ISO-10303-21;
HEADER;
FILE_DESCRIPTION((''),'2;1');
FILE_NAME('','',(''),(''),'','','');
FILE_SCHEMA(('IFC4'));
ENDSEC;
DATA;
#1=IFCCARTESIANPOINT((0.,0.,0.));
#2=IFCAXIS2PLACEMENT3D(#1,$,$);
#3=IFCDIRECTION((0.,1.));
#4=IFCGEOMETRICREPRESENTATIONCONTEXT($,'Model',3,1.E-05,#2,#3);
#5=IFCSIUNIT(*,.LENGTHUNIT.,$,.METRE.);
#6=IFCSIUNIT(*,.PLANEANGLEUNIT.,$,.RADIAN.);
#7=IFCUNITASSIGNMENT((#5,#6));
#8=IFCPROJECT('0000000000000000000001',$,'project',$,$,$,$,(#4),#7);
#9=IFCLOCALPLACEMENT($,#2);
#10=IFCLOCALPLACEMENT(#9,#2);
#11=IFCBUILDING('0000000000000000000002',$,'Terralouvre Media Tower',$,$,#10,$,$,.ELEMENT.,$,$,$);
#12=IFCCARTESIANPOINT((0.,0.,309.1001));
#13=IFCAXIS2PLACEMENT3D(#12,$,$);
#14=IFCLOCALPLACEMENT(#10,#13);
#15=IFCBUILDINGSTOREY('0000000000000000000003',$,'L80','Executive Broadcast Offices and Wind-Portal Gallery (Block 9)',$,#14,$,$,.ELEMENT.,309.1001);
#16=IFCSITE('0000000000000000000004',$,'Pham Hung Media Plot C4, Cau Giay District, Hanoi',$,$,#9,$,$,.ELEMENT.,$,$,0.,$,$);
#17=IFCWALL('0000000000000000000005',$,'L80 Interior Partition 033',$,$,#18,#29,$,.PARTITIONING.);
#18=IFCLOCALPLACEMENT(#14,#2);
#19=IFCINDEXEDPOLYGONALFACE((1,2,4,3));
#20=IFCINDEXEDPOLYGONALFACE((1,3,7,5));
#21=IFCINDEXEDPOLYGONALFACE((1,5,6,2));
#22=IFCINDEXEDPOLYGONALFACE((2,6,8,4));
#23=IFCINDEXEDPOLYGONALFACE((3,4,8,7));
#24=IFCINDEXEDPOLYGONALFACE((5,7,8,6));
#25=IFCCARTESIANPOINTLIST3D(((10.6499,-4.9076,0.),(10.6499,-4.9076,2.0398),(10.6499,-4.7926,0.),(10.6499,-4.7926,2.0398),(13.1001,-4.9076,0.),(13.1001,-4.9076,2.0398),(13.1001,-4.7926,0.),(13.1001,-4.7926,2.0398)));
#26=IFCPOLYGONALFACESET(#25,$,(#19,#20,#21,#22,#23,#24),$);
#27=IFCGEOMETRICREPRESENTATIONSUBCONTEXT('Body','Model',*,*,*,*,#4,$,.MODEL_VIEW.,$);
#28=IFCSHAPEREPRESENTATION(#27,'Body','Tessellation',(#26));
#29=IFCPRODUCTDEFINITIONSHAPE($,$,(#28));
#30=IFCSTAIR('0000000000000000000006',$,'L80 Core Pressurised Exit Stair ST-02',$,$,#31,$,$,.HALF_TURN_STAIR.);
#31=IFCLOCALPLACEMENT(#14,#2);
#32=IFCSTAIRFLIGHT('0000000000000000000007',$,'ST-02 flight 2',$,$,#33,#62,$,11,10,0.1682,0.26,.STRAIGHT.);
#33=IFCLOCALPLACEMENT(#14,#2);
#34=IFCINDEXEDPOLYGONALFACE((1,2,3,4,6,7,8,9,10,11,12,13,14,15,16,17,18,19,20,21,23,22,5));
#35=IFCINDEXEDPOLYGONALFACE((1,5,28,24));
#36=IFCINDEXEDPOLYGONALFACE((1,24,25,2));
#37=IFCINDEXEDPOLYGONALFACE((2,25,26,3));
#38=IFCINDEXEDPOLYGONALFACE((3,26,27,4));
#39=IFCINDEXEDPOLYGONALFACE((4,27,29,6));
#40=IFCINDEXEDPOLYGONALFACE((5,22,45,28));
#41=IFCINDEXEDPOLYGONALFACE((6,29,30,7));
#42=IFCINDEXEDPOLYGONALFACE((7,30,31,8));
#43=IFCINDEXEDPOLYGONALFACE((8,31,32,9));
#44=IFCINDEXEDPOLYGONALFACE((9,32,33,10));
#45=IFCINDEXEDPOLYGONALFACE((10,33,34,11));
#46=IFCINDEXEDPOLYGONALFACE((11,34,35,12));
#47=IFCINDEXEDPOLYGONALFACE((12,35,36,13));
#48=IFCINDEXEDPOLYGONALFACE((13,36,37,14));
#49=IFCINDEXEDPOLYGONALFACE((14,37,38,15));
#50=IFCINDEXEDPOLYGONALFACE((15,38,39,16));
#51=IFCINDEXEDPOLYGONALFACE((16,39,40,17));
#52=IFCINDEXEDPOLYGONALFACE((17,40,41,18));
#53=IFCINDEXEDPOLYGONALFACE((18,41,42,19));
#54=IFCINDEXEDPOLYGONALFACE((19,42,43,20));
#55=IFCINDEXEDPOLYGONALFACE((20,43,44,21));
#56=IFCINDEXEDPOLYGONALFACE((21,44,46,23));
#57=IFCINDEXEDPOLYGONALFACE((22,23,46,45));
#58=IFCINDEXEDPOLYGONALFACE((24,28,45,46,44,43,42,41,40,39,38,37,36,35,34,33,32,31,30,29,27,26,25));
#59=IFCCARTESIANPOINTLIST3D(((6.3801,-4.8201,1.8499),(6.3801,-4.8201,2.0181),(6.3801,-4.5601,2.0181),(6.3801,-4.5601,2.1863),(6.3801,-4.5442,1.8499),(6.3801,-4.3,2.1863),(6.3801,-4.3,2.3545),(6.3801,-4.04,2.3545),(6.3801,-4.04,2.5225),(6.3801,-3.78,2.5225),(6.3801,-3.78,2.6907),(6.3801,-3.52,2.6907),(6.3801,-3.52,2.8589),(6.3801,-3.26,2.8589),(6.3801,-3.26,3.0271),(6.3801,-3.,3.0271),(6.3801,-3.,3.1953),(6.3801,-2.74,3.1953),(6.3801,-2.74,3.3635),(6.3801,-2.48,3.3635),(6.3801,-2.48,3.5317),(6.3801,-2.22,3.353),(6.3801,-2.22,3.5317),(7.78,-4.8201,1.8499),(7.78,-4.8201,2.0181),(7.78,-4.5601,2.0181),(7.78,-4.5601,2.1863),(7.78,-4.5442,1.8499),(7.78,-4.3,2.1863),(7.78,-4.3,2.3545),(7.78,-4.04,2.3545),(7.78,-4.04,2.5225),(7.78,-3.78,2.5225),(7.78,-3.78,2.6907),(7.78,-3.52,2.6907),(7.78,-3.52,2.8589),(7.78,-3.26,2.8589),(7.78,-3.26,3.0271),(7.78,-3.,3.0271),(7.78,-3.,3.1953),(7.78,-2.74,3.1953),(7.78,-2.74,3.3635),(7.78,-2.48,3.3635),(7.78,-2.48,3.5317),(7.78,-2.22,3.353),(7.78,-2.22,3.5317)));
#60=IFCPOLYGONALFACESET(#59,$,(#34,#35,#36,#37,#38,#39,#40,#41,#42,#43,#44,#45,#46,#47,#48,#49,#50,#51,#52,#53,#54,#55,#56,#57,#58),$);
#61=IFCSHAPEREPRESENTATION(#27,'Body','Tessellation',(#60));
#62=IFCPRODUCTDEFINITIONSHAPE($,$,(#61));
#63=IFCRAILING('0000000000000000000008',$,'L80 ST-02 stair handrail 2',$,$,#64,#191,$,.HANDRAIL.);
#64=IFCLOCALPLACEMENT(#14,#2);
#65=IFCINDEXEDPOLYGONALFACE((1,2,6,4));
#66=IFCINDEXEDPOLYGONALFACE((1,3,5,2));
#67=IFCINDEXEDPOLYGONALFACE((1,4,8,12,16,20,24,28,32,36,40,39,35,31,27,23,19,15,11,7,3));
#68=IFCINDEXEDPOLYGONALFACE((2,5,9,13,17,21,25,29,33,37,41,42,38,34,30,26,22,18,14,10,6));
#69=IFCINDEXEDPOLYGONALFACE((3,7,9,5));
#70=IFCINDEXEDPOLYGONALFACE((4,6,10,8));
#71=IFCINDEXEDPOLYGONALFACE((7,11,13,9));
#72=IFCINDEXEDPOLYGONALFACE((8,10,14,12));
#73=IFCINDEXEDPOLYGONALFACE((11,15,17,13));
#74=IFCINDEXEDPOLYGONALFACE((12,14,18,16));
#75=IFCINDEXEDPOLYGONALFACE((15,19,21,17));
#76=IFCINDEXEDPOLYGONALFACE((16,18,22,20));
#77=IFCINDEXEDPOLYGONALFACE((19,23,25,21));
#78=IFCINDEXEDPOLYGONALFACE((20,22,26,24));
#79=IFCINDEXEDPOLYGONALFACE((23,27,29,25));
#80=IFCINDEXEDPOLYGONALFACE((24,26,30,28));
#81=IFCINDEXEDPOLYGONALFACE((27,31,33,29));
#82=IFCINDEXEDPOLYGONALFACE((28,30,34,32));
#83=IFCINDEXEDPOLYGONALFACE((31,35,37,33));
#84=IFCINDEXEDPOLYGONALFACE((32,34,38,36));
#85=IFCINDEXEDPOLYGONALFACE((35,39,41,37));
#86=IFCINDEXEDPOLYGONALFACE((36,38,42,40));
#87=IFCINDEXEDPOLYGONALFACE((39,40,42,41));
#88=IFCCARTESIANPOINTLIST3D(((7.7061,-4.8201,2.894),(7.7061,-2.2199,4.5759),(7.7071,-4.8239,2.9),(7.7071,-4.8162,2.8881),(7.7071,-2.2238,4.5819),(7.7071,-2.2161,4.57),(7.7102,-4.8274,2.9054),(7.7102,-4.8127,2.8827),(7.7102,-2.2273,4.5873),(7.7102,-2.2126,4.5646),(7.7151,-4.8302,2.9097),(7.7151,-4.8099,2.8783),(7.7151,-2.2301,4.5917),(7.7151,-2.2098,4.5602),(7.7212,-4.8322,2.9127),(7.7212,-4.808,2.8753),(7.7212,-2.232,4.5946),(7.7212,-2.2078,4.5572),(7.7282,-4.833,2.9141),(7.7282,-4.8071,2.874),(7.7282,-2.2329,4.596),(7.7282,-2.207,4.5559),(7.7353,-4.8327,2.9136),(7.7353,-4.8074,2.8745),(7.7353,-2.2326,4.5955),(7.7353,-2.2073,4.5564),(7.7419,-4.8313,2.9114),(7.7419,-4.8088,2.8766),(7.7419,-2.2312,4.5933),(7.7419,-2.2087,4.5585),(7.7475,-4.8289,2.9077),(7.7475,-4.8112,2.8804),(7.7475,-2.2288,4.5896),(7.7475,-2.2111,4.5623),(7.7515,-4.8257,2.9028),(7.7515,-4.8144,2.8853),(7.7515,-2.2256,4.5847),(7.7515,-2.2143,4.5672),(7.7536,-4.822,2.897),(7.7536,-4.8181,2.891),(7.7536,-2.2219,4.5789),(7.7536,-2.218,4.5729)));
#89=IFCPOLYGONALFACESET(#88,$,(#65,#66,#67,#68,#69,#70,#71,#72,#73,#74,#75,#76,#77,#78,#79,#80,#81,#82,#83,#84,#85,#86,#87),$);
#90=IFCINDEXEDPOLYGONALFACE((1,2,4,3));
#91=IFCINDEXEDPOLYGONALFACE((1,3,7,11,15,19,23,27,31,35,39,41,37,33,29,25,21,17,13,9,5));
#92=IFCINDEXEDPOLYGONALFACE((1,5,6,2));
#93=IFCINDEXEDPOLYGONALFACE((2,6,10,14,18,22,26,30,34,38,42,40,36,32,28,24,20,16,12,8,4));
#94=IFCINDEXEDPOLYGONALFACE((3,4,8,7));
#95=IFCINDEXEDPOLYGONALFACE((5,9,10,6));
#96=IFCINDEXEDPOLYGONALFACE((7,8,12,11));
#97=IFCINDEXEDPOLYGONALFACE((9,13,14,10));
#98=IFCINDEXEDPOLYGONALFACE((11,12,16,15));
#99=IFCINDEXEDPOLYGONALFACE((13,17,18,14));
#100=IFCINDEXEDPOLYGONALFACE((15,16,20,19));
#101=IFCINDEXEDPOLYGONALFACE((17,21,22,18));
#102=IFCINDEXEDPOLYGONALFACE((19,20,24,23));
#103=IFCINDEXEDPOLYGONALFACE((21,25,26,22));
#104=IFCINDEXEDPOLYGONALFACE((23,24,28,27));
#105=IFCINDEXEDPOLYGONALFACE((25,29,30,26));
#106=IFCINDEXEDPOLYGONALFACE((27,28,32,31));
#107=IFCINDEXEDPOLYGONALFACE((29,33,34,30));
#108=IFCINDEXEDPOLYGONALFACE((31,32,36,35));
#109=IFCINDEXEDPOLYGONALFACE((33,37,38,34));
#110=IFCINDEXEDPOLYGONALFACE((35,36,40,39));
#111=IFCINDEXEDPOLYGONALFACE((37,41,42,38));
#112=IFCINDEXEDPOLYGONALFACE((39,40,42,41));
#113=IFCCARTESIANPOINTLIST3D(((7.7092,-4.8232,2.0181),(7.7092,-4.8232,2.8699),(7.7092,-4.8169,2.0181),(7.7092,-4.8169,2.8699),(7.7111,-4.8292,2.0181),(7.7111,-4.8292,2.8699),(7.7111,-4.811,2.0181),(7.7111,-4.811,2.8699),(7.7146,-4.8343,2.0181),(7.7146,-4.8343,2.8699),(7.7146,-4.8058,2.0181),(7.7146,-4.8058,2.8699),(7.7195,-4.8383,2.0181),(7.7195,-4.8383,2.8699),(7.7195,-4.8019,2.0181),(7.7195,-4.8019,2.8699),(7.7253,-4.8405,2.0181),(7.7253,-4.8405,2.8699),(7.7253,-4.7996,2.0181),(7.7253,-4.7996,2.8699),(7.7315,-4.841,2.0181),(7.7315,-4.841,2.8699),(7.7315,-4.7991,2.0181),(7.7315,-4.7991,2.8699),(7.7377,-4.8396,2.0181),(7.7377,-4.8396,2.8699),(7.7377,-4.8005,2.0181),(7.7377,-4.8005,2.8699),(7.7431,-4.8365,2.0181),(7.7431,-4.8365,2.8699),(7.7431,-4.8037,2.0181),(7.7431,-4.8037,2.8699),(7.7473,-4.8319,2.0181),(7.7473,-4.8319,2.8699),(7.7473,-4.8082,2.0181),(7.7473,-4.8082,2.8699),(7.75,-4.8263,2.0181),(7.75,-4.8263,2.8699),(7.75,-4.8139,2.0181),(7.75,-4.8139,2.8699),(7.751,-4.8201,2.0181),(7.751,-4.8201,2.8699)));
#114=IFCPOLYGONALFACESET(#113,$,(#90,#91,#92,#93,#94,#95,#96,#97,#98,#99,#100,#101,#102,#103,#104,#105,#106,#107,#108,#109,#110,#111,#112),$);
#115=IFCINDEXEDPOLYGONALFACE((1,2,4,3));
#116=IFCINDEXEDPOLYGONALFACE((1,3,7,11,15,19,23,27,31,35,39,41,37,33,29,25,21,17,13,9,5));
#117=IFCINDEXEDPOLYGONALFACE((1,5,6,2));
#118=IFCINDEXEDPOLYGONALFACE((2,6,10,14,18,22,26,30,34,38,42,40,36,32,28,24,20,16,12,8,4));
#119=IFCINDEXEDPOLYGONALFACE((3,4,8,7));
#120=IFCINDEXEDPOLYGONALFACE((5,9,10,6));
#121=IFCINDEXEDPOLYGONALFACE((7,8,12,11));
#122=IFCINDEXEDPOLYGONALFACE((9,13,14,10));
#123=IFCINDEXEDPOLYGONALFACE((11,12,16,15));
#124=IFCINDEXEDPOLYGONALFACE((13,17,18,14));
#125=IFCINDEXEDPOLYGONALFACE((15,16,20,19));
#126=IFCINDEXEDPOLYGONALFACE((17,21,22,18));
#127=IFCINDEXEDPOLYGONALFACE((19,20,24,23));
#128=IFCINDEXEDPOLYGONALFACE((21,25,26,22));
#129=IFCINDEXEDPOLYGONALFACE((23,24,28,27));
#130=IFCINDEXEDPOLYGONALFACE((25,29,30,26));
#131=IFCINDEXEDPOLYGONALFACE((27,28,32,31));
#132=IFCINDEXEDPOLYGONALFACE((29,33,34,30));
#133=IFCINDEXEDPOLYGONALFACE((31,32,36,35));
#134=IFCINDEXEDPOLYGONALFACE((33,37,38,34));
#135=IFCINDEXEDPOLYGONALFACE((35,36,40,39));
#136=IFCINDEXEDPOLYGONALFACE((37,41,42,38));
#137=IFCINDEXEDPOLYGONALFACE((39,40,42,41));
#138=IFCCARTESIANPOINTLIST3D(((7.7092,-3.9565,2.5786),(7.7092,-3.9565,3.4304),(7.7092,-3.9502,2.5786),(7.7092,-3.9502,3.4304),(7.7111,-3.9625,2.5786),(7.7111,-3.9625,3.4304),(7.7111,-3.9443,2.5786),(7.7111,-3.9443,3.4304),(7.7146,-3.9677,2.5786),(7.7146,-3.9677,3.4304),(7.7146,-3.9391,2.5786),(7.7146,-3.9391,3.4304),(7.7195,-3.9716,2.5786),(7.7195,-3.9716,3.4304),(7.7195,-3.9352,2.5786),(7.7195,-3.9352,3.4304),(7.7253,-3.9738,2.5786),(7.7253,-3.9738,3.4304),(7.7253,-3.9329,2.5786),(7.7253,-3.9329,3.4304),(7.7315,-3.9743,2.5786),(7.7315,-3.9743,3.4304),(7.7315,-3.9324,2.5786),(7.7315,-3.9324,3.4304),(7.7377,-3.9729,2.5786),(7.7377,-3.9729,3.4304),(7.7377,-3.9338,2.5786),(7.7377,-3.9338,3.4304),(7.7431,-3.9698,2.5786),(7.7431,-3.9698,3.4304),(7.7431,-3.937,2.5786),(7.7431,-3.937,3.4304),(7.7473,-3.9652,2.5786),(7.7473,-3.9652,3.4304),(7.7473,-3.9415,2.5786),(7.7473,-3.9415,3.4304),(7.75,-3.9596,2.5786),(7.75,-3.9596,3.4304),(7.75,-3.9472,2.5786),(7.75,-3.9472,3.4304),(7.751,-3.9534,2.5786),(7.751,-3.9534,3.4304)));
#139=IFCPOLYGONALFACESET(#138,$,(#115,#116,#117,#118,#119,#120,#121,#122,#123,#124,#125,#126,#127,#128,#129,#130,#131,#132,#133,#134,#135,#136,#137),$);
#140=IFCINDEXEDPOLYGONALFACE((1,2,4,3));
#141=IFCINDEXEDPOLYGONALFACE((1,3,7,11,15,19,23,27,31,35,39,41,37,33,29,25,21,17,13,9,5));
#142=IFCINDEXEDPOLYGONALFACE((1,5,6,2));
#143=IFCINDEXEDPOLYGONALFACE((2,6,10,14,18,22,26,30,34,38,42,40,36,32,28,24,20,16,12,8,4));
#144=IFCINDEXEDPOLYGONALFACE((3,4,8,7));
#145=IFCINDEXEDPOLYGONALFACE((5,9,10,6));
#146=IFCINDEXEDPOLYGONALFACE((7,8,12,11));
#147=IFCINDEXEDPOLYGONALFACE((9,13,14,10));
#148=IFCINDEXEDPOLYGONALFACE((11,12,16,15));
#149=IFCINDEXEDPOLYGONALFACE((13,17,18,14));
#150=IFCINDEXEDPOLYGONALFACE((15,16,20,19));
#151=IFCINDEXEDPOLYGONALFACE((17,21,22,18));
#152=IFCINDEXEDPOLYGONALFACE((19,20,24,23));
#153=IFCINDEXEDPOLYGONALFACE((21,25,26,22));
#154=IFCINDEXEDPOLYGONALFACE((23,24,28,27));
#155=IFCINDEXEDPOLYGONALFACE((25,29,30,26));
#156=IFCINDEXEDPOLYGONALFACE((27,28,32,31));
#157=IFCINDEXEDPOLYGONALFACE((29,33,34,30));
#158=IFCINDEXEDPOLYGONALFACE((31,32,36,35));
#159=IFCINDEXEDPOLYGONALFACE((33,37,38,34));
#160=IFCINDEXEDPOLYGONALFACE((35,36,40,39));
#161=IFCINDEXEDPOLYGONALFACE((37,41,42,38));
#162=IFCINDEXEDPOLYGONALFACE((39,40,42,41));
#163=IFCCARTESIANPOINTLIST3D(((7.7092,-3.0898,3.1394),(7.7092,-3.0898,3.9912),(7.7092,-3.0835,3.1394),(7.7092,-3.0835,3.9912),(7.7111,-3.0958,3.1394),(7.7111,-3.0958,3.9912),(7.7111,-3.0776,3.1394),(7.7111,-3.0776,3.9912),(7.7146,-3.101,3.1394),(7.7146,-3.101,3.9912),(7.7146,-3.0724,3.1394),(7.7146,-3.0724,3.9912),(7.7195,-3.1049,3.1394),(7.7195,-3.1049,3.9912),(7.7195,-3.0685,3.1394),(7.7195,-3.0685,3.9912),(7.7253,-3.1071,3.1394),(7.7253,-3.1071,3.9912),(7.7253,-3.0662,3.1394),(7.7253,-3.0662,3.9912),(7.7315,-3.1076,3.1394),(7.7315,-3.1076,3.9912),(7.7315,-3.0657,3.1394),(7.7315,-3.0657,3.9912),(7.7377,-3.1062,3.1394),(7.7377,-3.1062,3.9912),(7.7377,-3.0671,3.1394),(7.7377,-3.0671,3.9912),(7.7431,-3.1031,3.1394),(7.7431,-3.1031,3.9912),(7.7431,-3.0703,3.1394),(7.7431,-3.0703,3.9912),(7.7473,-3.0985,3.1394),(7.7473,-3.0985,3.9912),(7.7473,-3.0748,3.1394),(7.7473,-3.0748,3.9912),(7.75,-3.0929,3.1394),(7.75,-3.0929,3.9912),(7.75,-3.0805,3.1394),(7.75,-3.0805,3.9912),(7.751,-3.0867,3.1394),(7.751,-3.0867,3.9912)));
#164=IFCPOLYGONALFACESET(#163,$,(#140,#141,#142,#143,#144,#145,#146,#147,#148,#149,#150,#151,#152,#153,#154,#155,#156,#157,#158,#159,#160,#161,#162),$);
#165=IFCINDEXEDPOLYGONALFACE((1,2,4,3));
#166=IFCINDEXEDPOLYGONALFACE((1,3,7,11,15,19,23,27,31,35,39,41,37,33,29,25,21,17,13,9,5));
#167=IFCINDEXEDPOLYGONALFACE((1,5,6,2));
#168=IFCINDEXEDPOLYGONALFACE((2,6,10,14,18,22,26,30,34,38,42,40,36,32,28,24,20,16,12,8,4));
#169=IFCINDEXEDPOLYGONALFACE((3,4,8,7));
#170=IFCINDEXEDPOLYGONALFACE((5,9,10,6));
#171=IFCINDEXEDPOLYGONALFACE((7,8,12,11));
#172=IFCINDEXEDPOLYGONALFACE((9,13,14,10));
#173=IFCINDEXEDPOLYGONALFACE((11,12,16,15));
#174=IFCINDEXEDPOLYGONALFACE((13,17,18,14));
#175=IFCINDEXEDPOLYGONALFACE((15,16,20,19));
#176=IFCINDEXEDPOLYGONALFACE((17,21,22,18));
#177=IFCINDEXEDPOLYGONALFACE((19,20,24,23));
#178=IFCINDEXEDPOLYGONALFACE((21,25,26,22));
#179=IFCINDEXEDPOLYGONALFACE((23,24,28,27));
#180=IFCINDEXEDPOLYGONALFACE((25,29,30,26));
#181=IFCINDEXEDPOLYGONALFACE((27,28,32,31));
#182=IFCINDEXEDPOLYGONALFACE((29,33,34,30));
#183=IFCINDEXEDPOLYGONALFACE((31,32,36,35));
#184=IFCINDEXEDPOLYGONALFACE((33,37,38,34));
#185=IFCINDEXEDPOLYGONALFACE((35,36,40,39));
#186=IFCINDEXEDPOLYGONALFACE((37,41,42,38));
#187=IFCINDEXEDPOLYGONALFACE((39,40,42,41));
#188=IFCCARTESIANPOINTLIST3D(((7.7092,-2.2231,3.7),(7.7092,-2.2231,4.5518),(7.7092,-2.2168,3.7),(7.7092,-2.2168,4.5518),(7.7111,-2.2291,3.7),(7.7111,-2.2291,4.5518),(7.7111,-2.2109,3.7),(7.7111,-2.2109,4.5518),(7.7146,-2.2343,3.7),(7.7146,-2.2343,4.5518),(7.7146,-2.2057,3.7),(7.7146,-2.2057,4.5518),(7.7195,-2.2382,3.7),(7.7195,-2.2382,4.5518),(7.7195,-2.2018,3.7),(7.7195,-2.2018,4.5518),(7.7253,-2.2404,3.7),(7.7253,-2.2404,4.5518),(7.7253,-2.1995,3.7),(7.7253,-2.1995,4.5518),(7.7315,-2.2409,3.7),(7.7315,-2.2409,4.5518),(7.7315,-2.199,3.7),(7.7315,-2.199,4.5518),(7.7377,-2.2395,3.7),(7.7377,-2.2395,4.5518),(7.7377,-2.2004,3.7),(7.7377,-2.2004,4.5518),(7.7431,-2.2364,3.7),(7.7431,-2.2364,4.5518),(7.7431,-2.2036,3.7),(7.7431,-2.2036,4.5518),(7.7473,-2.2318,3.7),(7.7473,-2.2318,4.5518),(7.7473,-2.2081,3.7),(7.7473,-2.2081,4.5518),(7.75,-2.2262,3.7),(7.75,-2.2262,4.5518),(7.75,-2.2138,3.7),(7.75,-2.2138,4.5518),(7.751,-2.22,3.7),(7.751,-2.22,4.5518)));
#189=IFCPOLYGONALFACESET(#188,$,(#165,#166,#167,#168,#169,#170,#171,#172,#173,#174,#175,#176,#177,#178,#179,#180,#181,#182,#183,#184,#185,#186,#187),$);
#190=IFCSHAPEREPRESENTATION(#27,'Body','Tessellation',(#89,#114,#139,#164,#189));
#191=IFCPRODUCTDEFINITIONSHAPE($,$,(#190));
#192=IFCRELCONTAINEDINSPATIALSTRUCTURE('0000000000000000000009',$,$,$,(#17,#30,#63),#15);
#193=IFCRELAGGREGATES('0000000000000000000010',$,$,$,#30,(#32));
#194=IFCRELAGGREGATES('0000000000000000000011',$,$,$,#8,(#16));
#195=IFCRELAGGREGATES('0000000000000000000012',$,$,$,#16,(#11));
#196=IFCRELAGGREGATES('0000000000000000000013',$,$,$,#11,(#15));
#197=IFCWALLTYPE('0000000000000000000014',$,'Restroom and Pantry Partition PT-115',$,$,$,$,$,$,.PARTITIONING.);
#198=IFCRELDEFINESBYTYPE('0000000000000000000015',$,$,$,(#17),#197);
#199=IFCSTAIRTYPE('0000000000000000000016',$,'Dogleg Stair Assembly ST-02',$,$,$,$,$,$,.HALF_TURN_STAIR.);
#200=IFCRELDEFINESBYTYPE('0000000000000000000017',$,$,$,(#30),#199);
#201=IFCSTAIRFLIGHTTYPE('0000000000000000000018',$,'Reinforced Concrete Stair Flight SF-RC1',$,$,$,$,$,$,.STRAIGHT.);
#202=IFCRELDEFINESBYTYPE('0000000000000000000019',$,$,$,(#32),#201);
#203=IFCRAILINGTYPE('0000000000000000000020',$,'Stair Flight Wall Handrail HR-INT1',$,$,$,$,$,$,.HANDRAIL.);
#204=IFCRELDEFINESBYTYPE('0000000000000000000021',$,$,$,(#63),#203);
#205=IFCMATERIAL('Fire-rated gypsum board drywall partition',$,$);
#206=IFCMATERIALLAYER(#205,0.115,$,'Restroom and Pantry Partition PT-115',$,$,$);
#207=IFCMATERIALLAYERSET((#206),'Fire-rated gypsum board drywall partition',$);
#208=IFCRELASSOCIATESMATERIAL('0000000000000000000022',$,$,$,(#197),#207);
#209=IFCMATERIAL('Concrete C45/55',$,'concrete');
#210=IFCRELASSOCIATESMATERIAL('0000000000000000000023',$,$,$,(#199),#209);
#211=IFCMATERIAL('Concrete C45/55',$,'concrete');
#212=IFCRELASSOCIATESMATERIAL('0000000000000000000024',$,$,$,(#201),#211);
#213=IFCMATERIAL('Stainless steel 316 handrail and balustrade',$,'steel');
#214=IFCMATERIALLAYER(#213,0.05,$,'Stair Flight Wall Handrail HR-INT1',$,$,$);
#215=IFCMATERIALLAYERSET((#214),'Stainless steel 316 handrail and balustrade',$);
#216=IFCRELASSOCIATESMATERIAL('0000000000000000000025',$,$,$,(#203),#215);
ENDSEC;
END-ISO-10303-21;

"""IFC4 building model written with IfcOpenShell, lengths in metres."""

from ifc_helpers import new_model, si_unit, direction, frame, frame_2d, origin, origin_2d, place, context, subcontext, project, spatial, polyline, rectangle, circle, outline, extrude, material, layer, layer_set, type_object, element, aggregate, save


model = new_model("IFC4")

# Units and contexts
model_context = context("Model", 3, precision=1e-05, world=origin(), true_north=direction((0.0, 1.0)))
body_context = subcontext(model_context, "Body", "Model", "MODEL_VIEW")
ifc_project = project(units=[si_unit("LENGTHUNIT", "METRE"), si_unit("PLANEANGLEUNIT", "RADIAN")], contexts=[model_context])

# Site, building, storey
site_placement = place(None, origin())
site = spatial("IfcSite", under=ifc_project, at=site_placement, Name="Pham Hung Media Plot C4, Cau Giay District, Hanoi", CompositionType="ELEMENT", RefElevation=0.0)
building_placement = place(site_placement, origin())
building = spatial("IfcBuilding", under=site, at=building_placement, Name="Terralouvre Media Tower", CompositionType="ELEMENT")
storey_placement = place(building_placement, frame((0.0, 0.0, 309.1001)))
storey = spatial("IfcBuildingStorey", under=building, at=storey_placement, Name="L80", Description="Executive Broadcast Offices and Wind-Portal Gallery (Block 9)", CompositionType="ELEMENT", Elevation=309.1001)

# Shared definitions
ifc_material_1 = material(Name="Fire-rated gypsum board drywall partition")
ifc_layer_1 = layer(ifc_material_1, 0.115, Name="Restroom and Pantry Partition PT-115")
ifc_layer_set_1 = layer_set([ifc_layer_1], Name="Fire-rated gypsum board drywall partition")
wall_type_1 = type_object("IfcWallType", Name="Restroom and Pantry Partition PT-115", PredefinedType="PARTITIONING", material=ifc_layer_set_1)

# Wall
wall_1_placement = place(storey_placement, frame((10.6499, -4.8501, 0.0), z_axis=(0.0, 0.0, 1.0), x_axis=(1.0, 0.0, 0.0)))
element("IfcWall", 1, at=wall_1_placement, inside=storey, type_object=wall_type_1, Name="L80 Interior Partition 033", PredefinedType="PARTITIONING", context=body_context, shape_type="SweptSolid", body=[
    extrude(rectangle(XDim=2.4502, YDim=0.115, at=frame_2d((1.2251, 0.0))), origin(), (0.0, 0.0, 1.0), 2.0398),
])

# Stair, stair flight
ifc_material_2 = material(Name="Concrete C45/55", Category="concrete")
stair_type = type_object("IfcStairType", Name="Dogleg Stair Assembly ST-02", PredefinedType="HALF_TURN_STAIR", material=ifc_material_2)
stair_placement = place(storey_placement, origin())
stair = element("IfcStair", 2, at=stair_placement, inside=storey, type_object=stair_type, Name="L80 Core Pressurised Exit Stair ST-02", PredefinedType="HALF_TURN_STAIR")
ifc_material_3 = material(Name="Concrete C45/55", Category="concrete")
stair_flight_type = type_object("IfcStairFlightType", Name="Reinforced Concrete Stair Flight SF-RC1", PredefinedType="STRAIGHT", material=ifc_material_3)
stair_flight_placement = place(storey_placement, frame((7.0801, -4.8201, 1.8499), z_axis=(0.0, 0.0, 1.0), x_axis=(0.0, 1.0, 0.0)))
stair_flight = element("IfcStairFlight", 3, at=stair_flight_placement, type_object=stair_flight_type, Name="ST-02 flight 2", NumberOfRisers=11, NumberOfTreads=10, PredefinedType="STRAIGHT", RiserHeight=0.1682, TreadLength=0.26, context=body_context, shape_type="SweptSolid", body=[
    extrude(outline(polyline([(0.0, 0.0), (0.0, 0.1682), (0.26, 0.1682), (0.26, 0.3364), (0.52, 0.3364), (0.52, 0.5046), (0.78, 0.5046), (0.78, 0.6726), (1.04, 0.6726), (1.04, 0.8408), (1.3, 0.8408), (1.3, 1.009), (1.5601, 1.009), (1.5601, 1.1772), (1.8201, 1.1772), (1.8201, 1.3455), (2.0801, 1.3455), (2.0801, 1.5137), (2.3401, 1.5137), (2.3401, 1.6819), (2.6001, 1.6819), (2.6001, 1.8501), (2.6001, 1.5032), (0.2759, 0.0), (0.0, 0.0)])), frame((0.0, 0.7, 0.0), z_axis=(0.0, -1.0, 0.0), x_axis=(1.0, 0.0, 0.0)), (0.0, 0.0, 1.0), 1.3999),
])
aggregate(stair, [stair_flight])

# Railing
ifc_material_4 = material(Name="Stainless steel 316 handrail and balustrade", Category="steel")
ifc_layer_2 = layer(ifc_material_4, 0.05, Name="Stair Flight Wall Handrail HR-INT1")
ifc_layer_set_2 = layer_set([ifc_layer_2], Name="Stainless steel 316 handrail and balustrade")
railing_type_1 = type_object("IfcRailingType", Name="Stair Flight Wall Handrail HR-INT1", PredefinedType="HANDRAIL", material=ifc_layer_set_2)
railing_1_placement = place(storey_placement, frame((7.73, -4.8201, 2.0181)))
element("IfcRailing", 4, at=railing_1_placement, inside=storey, type_object=railing_type_1, Name="L80 ST-02 stair handrail 2", PredefinedType="HANDRAIL", context=body_context, shape_type="SweptSolid", body=[
    extrude(circle(Radius=0.0239, at=origin_2d()), frame((0.0, 0.0, 0.876), z_axis=(0.0, 0.839648, 0.54313), x_axis=(-1.0, 0.0, 0.0)), (0.0, 0.0, 1.0), 3.0967),
    extrude(circle(Radius=0.021, at=origin_2d()), origin(), (0.0, 0.0, 1.0), 0.8518),
    extrude(circle(Radius=0.021, at=origin_2d()), frame((0.0, 0.8667, 0.5605)), (0.0, 0.0, 1.0), 0.8518),
    extrude(circle(Radius=0.021, at=origin_2d()), frame((0.0, 1.7334, 1.1213)), (0.0, 0.0, 1.0), 0.8518),
    extrude(circle(Radius=0.021, at=origin_2d()), frame((0.0, 2.6001, 1.6819)), (0.0, 0.0, 1.0), 0.8518),
])

save(model, "model.ifc")
